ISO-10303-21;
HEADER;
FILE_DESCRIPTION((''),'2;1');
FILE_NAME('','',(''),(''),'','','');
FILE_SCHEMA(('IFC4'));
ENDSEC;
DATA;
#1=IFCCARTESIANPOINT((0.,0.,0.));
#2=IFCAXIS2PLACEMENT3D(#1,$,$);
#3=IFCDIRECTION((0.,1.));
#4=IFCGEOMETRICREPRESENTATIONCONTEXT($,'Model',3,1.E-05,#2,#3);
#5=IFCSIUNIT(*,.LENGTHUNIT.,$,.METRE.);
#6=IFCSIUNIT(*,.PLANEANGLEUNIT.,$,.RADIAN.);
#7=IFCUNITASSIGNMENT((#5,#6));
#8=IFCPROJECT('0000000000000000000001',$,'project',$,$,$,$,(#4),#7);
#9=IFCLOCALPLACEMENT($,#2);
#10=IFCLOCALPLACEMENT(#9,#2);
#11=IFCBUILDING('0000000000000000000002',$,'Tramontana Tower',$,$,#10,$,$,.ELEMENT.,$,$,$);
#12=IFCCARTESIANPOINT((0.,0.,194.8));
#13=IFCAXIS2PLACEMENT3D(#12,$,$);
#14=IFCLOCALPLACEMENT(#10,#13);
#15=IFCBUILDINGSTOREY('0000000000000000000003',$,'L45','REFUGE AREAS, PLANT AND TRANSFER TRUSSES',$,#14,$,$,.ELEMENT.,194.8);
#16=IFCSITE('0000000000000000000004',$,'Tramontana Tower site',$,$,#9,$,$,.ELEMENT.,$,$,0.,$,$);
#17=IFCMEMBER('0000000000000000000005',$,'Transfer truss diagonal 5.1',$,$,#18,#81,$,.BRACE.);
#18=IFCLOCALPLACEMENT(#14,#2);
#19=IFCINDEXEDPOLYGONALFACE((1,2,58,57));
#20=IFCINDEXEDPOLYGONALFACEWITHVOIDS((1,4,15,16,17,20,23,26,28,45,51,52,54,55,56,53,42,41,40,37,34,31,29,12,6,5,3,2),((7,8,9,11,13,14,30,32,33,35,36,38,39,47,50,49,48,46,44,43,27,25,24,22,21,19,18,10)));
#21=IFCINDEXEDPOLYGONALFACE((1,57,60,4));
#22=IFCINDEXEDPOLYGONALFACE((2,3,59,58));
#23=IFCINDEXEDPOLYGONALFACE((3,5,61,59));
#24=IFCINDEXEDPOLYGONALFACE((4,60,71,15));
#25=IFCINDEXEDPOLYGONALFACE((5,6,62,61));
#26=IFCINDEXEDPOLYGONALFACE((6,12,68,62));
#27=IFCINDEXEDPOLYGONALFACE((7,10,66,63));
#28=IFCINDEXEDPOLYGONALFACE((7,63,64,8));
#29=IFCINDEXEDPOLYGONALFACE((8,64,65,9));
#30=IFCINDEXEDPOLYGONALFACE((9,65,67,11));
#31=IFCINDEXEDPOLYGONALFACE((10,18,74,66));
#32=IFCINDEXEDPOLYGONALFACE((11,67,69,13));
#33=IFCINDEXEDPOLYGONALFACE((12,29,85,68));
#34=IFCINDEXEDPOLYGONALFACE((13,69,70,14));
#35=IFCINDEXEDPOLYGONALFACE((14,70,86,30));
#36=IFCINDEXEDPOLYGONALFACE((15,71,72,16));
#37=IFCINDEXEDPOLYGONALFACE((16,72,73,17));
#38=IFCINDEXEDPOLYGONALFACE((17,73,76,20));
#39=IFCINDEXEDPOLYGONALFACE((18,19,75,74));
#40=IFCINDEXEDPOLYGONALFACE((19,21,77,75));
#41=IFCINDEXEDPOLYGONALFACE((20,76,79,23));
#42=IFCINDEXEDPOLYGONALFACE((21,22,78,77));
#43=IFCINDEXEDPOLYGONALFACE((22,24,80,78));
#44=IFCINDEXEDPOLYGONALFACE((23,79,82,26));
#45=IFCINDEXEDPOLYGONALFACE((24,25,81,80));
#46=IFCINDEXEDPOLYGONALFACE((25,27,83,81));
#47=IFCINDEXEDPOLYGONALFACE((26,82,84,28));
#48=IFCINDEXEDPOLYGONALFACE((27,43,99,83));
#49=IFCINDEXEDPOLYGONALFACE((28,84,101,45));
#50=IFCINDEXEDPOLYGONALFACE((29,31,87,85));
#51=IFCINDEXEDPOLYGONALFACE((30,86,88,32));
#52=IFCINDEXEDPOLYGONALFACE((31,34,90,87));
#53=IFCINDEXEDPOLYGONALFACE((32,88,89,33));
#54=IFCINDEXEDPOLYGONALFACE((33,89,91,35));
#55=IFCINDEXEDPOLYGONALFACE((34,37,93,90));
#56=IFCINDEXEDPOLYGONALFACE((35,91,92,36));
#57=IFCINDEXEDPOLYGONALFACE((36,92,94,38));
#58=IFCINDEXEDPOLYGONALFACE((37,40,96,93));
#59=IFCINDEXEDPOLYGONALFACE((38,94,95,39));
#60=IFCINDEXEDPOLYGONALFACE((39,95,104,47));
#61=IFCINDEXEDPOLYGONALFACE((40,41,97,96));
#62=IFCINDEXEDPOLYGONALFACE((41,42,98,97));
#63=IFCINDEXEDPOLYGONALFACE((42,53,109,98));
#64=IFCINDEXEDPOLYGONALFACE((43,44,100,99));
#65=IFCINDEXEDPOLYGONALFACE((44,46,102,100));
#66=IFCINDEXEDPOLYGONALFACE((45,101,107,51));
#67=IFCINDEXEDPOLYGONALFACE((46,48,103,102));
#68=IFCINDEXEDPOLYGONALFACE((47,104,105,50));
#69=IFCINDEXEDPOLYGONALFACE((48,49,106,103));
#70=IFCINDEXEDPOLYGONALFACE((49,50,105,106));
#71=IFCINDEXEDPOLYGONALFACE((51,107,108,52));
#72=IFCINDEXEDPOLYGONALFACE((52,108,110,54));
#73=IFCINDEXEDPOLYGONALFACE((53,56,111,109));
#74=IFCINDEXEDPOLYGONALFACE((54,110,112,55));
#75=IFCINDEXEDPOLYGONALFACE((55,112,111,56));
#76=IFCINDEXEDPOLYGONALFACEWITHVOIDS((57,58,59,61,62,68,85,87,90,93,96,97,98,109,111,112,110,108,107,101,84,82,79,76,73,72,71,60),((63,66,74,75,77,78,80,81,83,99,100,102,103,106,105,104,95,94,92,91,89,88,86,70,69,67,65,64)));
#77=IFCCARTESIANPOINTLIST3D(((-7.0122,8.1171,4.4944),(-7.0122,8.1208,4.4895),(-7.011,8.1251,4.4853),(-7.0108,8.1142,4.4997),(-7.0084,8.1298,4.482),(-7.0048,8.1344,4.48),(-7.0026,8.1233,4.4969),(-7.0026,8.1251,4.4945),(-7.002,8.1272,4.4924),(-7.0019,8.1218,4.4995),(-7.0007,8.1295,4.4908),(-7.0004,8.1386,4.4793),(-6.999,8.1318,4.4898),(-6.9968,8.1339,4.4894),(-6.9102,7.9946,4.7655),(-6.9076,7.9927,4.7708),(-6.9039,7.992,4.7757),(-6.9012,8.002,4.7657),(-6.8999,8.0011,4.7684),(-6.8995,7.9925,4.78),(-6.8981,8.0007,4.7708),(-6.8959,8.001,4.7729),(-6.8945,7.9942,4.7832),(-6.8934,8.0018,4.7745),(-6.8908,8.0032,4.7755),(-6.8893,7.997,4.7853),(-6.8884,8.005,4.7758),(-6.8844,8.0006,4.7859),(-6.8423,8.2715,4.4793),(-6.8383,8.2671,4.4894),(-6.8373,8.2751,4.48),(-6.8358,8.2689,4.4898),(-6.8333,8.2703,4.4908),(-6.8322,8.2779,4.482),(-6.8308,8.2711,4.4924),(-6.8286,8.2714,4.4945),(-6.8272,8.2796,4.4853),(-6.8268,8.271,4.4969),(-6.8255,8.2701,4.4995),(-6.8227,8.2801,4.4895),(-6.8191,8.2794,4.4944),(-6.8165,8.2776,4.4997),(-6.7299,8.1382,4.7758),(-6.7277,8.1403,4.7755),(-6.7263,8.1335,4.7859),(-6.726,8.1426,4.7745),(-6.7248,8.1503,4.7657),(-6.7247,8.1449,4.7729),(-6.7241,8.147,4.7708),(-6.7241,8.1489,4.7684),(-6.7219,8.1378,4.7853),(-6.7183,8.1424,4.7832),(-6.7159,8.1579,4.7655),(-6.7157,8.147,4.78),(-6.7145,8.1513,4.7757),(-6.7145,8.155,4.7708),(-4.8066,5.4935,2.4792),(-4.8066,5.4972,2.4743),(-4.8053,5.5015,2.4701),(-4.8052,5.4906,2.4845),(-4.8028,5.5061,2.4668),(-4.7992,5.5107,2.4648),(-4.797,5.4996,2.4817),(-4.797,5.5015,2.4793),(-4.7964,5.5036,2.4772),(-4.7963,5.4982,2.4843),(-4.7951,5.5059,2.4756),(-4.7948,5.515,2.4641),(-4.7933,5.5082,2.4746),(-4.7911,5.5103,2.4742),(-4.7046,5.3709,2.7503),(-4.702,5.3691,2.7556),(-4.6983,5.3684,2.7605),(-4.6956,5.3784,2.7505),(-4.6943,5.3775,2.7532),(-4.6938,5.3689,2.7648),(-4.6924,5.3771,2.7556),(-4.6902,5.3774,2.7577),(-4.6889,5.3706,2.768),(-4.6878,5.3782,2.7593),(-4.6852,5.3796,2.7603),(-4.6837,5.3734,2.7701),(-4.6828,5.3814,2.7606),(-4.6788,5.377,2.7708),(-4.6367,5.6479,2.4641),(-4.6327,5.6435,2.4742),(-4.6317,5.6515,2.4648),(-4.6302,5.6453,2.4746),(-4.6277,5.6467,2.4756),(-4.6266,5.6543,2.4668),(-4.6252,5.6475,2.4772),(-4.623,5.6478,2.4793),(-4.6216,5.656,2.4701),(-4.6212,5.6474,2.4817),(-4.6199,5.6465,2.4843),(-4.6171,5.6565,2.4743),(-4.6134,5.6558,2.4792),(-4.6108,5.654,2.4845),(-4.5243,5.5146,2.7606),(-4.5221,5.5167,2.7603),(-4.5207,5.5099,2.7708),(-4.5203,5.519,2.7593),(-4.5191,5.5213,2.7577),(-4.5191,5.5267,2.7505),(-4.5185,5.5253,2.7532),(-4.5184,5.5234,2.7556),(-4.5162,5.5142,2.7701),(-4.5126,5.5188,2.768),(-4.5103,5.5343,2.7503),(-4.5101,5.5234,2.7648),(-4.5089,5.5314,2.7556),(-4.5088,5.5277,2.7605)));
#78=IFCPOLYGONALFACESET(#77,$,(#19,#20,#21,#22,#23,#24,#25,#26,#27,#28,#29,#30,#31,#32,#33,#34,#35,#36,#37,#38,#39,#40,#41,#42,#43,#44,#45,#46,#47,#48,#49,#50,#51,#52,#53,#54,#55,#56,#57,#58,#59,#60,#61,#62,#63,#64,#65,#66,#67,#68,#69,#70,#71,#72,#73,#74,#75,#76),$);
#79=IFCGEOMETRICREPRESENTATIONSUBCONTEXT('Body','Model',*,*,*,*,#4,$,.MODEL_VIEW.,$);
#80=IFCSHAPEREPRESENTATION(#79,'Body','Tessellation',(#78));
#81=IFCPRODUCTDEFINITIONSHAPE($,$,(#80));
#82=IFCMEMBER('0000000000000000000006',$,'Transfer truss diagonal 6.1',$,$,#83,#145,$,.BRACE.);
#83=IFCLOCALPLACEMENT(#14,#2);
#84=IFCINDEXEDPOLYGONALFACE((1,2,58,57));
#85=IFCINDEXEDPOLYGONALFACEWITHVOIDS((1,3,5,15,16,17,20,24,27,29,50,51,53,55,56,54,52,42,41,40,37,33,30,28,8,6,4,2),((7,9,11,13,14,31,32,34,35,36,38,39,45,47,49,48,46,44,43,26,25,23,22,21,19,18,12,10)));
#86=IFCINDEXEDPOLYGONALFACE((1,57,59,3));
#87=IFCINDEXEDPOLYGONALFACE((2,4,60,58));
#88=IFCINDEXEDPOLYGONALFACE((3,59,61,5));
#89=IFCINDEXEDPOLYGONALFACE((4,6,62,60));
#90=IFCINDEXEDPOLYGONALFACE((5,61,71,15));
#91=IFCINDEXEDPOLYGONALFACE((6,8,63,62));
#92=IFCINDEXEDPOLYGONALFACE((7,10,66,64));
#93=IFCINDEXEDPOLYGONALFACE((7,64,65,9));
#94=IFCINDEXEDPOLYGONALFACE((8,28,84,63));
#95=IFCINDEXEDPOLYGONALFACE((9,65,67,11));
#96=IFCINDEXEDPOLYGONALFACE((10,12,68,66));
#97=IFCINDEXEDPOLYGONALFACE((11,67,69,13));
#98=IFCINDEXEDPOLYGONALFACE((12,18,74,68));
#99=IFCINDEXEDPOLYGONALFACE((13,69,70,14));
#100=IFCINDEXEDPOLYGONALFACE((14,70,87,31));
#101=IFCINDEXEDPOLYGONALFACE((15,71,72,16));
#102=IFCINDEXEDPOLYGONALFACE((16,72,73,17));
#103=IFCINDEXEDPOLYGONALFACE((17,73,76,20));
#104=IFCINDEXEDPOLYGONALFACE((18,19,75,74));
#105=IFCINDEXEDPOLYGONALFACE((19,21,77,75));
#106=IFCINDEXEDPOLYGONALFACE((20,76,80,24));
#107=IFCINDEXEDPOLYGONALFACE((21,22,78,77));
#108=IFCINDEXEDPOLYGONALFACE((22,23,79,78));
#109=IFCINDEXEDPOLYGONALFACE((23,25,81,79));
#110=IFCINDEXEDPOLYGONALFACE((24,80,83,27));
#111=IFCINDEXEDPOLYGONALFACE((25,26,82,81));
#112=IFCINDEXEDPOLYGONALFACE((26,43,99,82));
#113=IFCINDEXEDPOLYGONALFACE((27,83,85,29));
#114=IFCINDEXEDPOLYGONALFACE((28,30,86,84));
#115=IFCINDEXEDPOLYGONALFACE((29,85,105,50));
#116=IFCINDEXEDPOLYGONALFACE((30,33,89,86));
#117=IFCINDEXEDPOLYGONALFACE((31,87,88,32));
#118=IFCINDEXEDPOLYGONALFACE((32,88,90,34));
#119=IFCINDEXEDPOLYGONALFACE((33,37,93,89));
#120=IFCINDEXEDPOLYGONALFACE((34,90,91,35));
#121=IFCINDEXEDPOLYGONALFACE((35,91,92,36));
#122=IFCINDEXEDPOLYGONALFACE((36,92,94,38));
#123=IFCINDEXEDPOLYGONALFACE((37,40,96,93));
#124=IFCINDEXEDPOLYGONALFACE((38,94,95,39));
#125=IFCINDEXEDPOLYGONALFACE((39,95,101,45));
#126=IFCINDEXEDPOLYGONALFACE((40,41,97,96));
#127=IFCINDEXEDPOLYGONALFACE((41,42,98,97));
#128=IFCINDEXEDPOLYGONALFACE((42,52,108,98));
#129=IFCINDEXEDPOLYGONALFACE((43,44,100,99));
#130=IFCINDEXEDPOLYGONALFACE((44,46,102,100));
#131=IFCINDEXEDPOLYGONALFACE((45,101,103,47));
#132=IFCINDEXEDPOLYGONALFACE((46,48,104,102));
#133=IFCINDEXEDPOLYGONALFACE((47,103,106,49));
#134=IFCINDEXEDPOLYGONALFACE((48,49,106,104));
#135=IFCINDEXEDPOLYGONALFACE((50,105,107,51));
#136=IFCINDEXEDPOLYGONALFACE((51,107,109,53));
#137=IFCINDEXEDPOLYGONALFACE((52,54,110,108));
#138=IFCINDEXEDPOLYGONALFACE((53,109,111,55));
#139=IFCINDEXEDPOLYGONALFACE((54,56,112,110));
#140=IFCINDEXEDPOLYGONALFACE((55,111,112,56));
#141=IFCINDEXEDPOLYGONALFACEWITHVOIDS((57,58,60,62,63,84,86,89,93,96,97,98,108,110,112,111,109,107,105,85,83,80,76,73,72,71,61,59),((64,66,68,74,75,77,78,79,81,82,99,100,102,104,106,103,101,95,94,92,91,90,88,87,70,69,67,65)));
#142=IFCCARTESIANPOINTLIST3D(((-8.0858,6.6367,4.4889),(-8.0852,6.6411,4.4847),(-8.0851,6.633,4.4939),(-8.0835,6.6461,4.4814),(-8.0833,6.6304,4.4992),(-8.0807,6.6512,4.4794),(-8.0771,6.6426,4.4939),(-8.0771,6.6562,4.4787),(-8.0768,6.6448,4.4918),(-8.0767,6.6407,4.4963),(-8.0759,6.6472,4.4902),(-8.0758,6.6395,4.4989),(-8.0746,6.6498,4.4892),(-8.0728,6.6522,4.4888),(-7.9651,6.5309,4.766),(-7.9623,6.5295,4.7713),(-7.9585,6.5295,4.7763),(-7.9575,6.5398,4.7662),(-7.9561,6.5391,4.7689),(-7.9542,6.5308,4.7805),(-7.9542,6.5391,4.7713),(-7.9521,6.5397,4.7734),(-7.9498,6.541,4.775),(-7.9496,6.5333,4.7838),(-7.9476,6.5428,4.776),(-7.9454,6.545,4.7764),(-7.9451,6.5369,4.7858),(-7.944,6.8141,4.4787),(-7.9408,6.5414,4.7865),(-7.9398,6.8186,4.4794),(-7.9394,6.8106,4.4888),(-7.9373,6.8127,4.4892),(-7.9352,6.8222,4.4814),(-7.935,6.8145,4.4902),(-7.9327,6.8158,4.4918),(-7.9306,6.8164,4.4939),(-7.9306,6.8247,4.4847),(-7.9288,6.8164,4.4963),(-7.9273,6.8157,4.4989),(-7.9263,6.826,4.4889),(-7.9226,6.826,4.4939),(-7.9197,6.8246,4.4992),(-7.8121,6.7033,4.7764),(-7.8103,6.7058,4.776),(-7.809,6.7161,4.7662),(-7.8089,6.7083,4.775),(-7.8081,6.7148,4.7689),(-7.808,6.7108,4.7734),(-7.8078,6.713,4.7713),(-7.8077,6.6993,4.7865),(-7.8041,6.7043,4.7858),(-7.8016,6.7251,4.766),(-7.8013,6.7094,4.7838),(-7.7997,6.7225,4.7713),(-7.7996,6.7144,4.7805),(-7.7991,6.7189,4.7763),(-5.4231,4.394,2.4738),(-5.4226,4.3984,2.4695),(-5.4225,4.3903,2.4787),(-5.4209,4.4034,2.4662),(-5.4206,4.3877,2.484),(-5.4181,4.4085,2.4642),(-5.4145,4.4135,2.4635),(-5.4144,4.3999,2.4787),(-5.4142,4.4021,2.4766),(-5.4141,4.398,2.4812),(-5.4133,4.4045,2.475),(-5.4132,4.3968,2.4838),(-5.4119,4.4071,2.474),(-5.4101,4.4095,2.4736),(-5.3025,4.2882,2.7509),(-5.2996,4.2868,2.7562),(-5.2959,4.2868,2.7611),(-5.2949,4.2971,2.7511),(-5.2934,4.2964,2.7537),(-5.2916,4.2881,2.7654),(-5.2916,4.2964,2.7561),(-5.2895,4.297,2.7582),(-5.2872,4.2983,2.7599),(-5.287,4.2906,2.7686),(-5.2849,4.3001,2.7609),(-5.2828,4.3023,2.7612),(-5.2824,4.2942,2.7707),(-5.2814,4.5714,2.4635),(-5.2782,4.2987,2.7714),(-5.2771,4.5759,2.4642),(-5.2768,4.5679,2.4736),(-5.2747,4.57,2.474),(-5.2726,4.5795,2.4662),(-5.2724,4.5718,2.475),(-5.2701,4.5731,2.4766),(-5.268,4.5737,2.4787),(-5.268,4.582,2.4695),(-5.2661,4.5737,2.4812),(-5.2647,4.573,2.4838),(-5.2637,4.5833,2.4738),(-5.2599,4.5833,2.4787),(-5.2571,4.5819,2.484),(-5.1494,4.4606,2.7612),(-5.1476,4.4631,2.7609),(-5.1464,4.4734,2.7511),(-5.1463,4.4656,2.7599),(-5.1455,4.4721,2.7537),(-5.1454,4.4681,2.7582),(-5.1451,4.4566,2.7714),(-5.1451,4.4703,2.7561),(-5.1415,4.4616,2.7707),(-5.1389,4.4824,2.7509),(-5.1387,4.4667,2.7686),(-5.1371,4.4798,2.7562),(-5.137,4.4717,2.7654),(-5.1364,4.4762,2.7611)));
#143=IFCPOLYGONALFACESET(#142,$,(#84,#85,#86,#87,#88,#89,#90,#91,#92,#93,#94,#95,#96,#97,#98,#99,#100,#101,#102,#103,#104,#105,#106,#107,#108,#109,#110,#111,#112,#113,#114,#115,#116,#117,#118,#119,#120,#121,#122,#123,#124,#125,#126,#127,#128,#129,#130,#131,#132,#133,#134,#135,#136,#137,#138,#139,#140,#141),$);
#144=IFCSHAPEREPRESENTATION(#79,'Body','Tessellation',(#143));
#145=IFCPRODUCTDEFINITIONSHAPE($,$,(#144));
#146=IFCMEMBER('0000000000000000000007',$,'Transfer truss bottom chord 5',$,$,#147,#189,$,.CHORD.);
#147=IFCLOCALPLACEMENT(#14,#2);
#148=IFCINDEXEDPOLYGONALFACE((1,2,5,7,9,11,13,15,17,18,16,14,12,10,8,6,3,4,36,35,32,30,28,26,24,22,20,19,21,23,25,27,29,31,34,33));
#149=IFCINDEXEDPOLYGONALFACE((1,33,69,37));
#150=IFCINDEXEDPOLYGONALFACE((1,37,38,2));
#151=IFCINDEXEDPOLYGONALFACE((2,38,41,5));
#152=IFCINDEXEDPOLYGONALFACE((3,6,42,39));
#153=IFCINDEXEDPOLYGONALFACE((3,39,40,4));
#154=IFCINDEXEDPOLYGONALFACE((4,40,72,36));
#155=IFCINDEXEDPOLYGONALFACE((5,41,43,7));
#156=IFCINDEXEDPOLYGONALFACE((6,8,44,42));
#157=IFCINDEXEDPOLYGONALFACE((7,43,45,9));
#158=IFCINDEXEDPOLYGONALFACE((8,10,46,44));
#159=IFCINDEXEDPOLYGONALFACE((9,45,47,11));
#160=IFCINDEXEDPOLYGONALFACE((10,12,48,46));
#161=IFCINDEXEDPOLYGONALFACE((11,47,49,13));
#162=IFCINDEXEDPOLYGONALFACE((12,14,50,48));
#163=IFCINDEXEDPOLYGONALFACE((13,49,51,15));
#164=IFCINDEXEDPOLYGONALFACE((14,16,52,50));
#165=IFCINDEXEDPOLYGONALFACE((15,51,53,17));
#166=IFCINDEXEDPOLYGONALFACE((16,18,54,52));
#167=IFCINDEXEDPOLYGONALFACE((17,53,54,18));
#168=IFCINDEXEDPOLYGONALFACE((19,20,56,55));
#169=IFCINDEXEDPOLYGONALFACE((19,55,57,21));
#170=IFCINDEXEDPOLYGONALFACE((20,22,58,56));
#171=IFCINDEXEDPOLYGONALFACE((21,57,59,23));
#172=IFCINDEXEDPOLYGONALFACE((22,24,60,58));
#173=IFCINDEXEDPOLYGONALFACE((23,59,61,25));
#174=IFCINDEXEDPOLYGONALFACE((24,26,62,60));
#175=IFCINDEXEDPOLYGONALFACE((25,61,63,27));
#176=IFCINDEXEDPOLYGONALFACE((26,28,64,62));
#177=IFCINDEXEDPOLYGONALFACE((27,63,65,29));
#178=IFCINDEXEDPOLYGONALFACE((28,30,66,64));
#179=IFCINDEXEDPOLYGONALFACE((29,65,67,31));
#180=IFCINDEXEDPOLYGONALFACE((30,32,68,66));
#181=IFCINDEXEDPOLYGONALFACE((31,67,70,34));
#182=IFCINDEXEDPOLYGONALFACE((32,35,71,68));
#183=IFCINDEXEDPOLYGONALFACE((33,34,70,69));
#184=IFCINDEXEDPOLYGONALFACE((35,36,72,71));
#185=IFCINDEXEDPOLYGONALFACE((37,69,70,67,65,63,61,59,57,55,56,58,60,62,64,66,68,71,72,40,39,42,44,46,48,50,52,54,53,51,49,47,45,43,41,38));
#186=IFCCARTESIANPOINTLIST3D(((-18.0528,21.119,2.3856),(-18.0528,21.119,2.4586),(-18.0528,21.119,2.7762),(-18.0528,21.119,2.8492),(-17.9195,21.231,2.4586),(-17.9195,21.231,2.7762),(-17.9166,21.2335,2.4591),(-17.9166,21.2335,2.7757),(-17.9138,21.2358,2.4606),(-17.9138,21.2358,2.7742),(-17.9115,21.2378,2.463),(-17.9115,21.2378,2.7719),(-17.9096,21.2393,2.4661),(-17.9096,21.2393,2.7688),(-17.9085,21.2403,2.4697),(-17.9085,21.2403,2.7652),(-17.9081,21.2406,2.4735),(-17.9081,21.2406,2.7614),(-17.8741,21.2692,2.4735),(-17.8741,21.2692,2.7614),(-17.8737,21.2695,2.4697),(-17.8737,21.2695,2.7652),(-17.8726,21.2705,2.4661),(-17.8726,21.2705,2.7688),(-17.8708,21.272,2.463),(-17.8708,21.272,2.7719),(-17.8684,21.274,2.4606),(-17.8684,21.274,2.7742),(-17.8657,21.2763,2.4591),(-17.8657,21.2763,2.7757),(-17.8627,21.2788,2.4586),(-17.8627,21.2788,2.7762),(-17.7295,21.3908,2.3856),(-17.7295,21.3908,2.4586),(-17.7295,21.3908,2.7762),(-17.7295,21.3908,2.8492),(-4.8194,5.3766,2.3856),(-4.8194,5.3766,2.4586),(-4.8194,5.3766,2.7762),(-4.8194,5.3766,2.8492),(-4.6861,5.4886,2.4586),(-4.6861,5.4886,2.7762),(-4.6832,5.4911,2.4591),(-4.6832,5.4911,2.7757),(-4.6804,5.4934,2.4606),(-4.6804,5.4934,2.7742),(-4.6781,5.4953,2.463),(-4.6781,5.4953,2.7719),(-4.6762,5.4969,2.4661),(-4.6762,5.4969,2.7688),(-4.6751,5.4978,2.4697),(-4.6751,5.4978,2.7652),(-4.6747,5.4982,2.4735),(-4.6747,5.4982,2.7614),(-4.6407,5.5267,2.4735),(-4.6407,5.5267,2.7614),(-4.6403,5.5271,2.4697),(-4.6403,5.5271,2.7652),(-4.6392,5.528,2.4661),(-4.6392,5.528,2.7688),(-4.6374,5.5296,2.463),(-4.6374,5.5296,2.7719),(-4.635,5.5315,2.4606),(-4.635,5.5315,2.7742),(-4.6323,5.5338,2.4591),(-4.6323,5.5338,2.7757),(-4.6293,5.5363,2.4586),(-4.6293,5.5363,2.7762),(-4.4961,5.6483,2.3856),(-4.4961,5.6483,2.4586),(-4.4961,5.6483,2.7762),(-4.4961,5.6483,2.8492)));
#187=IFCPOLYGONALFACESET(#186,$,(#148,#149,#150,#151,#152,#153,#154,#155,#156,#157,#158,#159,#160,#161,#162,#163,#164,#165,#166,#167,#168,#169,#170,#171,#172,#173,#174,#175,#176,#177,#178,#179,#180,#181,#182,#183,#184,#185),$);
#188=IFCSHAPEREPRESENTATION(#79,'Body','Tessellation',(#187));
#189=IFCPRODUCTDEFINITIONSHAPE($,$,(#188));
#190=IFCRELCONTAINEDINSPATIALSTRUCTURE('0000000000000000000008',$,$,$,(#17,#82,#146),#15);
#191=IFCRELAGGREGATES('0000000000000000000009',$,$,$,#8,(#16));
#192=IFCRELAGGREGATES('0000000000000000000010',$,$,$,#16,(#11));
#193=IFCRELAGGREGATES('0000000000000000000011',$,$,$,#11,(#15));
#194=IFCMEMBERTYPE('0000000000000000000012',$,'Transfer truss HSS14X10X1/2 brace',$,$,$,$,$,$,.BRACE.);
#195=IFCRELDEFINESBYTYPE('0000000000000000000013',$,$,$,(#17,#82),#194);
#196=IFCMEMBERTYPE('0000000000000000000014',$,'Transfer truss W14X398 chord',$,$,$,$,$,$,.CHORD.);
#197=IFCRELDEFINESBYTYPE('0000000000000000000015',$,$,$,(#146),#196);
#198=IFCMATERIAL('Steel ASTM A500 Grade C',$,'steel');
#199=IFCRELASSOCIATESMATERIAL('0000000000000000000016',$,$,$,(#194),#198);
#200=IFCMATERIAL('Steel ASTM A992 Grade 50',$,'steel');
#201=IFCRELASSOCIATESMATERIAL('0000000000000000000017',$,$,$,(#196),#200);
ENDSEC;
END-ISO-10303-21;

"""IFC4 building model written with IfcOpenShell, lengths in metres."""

from ifc_helpers import new_model, si_unit, direction, frame, origin, origin_2d, place, context, subcontext, project, spatial, hollow_rectangle, i_section, extrude, material, material_profile, profile_set, type_object, element, save


model = new_model("IFC4")

# Units and contexts
model_context = context("Model", 3, precision=1e-05, world=origin(), true_north=direction((0.0, 1.0)))
body_context = subcontext(model_context, "Body", "Model", "MODEL_VIEW")
ifc_project = project(units=[si_unit("LENGTHUNIT", "METRE"), si_unit("PLANEANGLEUNIT", "RADIAN")], contexts=[model_context])

# Site, building, storey
site_placement = place(None, origin())
site = spatial("IfcSite", under=ifc_project, at=site_placement, Name="Tramontana Tower site", CompositionType="ELEMENT", RefElevation=0.0)
building_placement = place(site_placement, origin())
building = spatial("IfcBuilding", under=site, at=building_placement, Name="Tramontana Tower", CompositionType="ELEMENT")
storey_placement = place(building_placement, frame((0.0, 0.0, 194.8)))
storey = spatial("IfcBuildingStorey", under=building, at=storey_placement, Name="L45", Description="REFUGE AREAS, PLANT AND TRANSFER TRUSSES", CompositionType="ELEMENT", Elevation=194.8)

# Members
ifc_material_1 = material(Name="Steel ASTM A500 Grade C", Category="steel")
ifc_material_profile_1 = material_profile(ifc_material_1, hollow_rectangle(XDim=0.2539, YDim=0.3557, WallThickness=0.0117, InnerFilletRadius=0.0117, OuterFilletRadius=0.0237, at=origin_2d()), Name="HSS14X10X1/2")
ifc_profile_set_1 = profile_set([ifc_material_profile_1], Name="Steel ASTM A500 Grade C")
member_type_1 = type_object("IfcMemberType", Name="Transfer truss HSS14X10X1/2 brace", PredefinedType="BRACE", material=ifc_profile_set_1)
member_1_placement = place(storey_placement, frame((-4.6577, 5.5125, 2.6174), z_axis=(-0.554726, 0.65985, 0.506831), x_axis=(-0.765447, -0.643499, 0.0)))
element("IfcMember", 1, at=member_1_placement, inside=storey, type_object=member_type_1, Name="Transfer truss diagonal 5.1", PredefinedType="BRACE", context=body_context, shape_type="SweptSolid", body=[
    extrude(hollow_rectangle(XDim=0.2539, YDim=0.3557, WallThickness=0.0117, InnerFilletRadius=0.0117, OuterFilletRadius=0.0237, at=origin_2d()), origin(), (0.0, 0.0, 1.0), 3.9761),
])
member_2_placement = place(storey_placement, frame((-5.2798, 4.4351, 2.6174), z_axis=(-0.661941, 0.557545, 0.500977), x_axis=(-0.644218, -0.764842, 0.0)))
element("IfcMember", 2, at=member_2_placement, inside=storey, type_object=member_type_1, Name="Transfer truss diagonal 6.1", PredefinedType="BRACE", context=body_context, shape_type="SweptSolid", body=[
    extrude(hollow_rectangle(XDim=0.2539, YDim=0.3557, WallThickness=0.0117, InnerFilletRadius=0.0117, OuterFilletRadius=0.0237, at=origin_2d()), origin(), (0.0, 0.0, 1.0), 4.0225),
])
ifc_material_2 = material(Name="Steel ASTM A992 Grade 50", Category="steel")
ifc_material_profile_2 = material_profile(ifc_material_2, i_section(OverallWidth=0.4224, OverallDepth=0.4636, WebThickness=0.0444, FlangeThickness=0.073, FilletRadius=0.0149, at=origin_2d()), Name="W14X398")
ifc_profile_set_2 = profile_set([ifc_material_profile_2], Name="Steel ASTM A992 Grade 50")
member_type_2 = type_object("IfcMemberType", Name="Transfer truss W14X398 chord", PredefinedType="CHORD", material=ifc_profile_set_2)
for number, where, z_axis, x_axis, name in (
    (3, (-4.6577, 5.5125, 2.6174), (-0.64347, 0.765471, 0.0), (-0.765471, -0.64347, 0.0), "Transfer truss bottom chord 5"),
):
    element("IfcMember", number, at=place(storey_placement, frame(where, z_axis=z_axis, x_axis=x_axis)), inside=storey, type_object=member_type_2, Name=name, PredefinedType="CHORD", context=body_context, shape_type="SweptSolid", body=[
        extrude(i_section(OverallWidth=0.4224, OverallDepth=0.4636, WebThickness=0.0444, FlangeThickness=0.073, FilletRadius=0.0149, at=origin_2d()), origin(), (0.0, 0.0, 1.0), 20.5657),
    ])

save(model, "model.ifc")
